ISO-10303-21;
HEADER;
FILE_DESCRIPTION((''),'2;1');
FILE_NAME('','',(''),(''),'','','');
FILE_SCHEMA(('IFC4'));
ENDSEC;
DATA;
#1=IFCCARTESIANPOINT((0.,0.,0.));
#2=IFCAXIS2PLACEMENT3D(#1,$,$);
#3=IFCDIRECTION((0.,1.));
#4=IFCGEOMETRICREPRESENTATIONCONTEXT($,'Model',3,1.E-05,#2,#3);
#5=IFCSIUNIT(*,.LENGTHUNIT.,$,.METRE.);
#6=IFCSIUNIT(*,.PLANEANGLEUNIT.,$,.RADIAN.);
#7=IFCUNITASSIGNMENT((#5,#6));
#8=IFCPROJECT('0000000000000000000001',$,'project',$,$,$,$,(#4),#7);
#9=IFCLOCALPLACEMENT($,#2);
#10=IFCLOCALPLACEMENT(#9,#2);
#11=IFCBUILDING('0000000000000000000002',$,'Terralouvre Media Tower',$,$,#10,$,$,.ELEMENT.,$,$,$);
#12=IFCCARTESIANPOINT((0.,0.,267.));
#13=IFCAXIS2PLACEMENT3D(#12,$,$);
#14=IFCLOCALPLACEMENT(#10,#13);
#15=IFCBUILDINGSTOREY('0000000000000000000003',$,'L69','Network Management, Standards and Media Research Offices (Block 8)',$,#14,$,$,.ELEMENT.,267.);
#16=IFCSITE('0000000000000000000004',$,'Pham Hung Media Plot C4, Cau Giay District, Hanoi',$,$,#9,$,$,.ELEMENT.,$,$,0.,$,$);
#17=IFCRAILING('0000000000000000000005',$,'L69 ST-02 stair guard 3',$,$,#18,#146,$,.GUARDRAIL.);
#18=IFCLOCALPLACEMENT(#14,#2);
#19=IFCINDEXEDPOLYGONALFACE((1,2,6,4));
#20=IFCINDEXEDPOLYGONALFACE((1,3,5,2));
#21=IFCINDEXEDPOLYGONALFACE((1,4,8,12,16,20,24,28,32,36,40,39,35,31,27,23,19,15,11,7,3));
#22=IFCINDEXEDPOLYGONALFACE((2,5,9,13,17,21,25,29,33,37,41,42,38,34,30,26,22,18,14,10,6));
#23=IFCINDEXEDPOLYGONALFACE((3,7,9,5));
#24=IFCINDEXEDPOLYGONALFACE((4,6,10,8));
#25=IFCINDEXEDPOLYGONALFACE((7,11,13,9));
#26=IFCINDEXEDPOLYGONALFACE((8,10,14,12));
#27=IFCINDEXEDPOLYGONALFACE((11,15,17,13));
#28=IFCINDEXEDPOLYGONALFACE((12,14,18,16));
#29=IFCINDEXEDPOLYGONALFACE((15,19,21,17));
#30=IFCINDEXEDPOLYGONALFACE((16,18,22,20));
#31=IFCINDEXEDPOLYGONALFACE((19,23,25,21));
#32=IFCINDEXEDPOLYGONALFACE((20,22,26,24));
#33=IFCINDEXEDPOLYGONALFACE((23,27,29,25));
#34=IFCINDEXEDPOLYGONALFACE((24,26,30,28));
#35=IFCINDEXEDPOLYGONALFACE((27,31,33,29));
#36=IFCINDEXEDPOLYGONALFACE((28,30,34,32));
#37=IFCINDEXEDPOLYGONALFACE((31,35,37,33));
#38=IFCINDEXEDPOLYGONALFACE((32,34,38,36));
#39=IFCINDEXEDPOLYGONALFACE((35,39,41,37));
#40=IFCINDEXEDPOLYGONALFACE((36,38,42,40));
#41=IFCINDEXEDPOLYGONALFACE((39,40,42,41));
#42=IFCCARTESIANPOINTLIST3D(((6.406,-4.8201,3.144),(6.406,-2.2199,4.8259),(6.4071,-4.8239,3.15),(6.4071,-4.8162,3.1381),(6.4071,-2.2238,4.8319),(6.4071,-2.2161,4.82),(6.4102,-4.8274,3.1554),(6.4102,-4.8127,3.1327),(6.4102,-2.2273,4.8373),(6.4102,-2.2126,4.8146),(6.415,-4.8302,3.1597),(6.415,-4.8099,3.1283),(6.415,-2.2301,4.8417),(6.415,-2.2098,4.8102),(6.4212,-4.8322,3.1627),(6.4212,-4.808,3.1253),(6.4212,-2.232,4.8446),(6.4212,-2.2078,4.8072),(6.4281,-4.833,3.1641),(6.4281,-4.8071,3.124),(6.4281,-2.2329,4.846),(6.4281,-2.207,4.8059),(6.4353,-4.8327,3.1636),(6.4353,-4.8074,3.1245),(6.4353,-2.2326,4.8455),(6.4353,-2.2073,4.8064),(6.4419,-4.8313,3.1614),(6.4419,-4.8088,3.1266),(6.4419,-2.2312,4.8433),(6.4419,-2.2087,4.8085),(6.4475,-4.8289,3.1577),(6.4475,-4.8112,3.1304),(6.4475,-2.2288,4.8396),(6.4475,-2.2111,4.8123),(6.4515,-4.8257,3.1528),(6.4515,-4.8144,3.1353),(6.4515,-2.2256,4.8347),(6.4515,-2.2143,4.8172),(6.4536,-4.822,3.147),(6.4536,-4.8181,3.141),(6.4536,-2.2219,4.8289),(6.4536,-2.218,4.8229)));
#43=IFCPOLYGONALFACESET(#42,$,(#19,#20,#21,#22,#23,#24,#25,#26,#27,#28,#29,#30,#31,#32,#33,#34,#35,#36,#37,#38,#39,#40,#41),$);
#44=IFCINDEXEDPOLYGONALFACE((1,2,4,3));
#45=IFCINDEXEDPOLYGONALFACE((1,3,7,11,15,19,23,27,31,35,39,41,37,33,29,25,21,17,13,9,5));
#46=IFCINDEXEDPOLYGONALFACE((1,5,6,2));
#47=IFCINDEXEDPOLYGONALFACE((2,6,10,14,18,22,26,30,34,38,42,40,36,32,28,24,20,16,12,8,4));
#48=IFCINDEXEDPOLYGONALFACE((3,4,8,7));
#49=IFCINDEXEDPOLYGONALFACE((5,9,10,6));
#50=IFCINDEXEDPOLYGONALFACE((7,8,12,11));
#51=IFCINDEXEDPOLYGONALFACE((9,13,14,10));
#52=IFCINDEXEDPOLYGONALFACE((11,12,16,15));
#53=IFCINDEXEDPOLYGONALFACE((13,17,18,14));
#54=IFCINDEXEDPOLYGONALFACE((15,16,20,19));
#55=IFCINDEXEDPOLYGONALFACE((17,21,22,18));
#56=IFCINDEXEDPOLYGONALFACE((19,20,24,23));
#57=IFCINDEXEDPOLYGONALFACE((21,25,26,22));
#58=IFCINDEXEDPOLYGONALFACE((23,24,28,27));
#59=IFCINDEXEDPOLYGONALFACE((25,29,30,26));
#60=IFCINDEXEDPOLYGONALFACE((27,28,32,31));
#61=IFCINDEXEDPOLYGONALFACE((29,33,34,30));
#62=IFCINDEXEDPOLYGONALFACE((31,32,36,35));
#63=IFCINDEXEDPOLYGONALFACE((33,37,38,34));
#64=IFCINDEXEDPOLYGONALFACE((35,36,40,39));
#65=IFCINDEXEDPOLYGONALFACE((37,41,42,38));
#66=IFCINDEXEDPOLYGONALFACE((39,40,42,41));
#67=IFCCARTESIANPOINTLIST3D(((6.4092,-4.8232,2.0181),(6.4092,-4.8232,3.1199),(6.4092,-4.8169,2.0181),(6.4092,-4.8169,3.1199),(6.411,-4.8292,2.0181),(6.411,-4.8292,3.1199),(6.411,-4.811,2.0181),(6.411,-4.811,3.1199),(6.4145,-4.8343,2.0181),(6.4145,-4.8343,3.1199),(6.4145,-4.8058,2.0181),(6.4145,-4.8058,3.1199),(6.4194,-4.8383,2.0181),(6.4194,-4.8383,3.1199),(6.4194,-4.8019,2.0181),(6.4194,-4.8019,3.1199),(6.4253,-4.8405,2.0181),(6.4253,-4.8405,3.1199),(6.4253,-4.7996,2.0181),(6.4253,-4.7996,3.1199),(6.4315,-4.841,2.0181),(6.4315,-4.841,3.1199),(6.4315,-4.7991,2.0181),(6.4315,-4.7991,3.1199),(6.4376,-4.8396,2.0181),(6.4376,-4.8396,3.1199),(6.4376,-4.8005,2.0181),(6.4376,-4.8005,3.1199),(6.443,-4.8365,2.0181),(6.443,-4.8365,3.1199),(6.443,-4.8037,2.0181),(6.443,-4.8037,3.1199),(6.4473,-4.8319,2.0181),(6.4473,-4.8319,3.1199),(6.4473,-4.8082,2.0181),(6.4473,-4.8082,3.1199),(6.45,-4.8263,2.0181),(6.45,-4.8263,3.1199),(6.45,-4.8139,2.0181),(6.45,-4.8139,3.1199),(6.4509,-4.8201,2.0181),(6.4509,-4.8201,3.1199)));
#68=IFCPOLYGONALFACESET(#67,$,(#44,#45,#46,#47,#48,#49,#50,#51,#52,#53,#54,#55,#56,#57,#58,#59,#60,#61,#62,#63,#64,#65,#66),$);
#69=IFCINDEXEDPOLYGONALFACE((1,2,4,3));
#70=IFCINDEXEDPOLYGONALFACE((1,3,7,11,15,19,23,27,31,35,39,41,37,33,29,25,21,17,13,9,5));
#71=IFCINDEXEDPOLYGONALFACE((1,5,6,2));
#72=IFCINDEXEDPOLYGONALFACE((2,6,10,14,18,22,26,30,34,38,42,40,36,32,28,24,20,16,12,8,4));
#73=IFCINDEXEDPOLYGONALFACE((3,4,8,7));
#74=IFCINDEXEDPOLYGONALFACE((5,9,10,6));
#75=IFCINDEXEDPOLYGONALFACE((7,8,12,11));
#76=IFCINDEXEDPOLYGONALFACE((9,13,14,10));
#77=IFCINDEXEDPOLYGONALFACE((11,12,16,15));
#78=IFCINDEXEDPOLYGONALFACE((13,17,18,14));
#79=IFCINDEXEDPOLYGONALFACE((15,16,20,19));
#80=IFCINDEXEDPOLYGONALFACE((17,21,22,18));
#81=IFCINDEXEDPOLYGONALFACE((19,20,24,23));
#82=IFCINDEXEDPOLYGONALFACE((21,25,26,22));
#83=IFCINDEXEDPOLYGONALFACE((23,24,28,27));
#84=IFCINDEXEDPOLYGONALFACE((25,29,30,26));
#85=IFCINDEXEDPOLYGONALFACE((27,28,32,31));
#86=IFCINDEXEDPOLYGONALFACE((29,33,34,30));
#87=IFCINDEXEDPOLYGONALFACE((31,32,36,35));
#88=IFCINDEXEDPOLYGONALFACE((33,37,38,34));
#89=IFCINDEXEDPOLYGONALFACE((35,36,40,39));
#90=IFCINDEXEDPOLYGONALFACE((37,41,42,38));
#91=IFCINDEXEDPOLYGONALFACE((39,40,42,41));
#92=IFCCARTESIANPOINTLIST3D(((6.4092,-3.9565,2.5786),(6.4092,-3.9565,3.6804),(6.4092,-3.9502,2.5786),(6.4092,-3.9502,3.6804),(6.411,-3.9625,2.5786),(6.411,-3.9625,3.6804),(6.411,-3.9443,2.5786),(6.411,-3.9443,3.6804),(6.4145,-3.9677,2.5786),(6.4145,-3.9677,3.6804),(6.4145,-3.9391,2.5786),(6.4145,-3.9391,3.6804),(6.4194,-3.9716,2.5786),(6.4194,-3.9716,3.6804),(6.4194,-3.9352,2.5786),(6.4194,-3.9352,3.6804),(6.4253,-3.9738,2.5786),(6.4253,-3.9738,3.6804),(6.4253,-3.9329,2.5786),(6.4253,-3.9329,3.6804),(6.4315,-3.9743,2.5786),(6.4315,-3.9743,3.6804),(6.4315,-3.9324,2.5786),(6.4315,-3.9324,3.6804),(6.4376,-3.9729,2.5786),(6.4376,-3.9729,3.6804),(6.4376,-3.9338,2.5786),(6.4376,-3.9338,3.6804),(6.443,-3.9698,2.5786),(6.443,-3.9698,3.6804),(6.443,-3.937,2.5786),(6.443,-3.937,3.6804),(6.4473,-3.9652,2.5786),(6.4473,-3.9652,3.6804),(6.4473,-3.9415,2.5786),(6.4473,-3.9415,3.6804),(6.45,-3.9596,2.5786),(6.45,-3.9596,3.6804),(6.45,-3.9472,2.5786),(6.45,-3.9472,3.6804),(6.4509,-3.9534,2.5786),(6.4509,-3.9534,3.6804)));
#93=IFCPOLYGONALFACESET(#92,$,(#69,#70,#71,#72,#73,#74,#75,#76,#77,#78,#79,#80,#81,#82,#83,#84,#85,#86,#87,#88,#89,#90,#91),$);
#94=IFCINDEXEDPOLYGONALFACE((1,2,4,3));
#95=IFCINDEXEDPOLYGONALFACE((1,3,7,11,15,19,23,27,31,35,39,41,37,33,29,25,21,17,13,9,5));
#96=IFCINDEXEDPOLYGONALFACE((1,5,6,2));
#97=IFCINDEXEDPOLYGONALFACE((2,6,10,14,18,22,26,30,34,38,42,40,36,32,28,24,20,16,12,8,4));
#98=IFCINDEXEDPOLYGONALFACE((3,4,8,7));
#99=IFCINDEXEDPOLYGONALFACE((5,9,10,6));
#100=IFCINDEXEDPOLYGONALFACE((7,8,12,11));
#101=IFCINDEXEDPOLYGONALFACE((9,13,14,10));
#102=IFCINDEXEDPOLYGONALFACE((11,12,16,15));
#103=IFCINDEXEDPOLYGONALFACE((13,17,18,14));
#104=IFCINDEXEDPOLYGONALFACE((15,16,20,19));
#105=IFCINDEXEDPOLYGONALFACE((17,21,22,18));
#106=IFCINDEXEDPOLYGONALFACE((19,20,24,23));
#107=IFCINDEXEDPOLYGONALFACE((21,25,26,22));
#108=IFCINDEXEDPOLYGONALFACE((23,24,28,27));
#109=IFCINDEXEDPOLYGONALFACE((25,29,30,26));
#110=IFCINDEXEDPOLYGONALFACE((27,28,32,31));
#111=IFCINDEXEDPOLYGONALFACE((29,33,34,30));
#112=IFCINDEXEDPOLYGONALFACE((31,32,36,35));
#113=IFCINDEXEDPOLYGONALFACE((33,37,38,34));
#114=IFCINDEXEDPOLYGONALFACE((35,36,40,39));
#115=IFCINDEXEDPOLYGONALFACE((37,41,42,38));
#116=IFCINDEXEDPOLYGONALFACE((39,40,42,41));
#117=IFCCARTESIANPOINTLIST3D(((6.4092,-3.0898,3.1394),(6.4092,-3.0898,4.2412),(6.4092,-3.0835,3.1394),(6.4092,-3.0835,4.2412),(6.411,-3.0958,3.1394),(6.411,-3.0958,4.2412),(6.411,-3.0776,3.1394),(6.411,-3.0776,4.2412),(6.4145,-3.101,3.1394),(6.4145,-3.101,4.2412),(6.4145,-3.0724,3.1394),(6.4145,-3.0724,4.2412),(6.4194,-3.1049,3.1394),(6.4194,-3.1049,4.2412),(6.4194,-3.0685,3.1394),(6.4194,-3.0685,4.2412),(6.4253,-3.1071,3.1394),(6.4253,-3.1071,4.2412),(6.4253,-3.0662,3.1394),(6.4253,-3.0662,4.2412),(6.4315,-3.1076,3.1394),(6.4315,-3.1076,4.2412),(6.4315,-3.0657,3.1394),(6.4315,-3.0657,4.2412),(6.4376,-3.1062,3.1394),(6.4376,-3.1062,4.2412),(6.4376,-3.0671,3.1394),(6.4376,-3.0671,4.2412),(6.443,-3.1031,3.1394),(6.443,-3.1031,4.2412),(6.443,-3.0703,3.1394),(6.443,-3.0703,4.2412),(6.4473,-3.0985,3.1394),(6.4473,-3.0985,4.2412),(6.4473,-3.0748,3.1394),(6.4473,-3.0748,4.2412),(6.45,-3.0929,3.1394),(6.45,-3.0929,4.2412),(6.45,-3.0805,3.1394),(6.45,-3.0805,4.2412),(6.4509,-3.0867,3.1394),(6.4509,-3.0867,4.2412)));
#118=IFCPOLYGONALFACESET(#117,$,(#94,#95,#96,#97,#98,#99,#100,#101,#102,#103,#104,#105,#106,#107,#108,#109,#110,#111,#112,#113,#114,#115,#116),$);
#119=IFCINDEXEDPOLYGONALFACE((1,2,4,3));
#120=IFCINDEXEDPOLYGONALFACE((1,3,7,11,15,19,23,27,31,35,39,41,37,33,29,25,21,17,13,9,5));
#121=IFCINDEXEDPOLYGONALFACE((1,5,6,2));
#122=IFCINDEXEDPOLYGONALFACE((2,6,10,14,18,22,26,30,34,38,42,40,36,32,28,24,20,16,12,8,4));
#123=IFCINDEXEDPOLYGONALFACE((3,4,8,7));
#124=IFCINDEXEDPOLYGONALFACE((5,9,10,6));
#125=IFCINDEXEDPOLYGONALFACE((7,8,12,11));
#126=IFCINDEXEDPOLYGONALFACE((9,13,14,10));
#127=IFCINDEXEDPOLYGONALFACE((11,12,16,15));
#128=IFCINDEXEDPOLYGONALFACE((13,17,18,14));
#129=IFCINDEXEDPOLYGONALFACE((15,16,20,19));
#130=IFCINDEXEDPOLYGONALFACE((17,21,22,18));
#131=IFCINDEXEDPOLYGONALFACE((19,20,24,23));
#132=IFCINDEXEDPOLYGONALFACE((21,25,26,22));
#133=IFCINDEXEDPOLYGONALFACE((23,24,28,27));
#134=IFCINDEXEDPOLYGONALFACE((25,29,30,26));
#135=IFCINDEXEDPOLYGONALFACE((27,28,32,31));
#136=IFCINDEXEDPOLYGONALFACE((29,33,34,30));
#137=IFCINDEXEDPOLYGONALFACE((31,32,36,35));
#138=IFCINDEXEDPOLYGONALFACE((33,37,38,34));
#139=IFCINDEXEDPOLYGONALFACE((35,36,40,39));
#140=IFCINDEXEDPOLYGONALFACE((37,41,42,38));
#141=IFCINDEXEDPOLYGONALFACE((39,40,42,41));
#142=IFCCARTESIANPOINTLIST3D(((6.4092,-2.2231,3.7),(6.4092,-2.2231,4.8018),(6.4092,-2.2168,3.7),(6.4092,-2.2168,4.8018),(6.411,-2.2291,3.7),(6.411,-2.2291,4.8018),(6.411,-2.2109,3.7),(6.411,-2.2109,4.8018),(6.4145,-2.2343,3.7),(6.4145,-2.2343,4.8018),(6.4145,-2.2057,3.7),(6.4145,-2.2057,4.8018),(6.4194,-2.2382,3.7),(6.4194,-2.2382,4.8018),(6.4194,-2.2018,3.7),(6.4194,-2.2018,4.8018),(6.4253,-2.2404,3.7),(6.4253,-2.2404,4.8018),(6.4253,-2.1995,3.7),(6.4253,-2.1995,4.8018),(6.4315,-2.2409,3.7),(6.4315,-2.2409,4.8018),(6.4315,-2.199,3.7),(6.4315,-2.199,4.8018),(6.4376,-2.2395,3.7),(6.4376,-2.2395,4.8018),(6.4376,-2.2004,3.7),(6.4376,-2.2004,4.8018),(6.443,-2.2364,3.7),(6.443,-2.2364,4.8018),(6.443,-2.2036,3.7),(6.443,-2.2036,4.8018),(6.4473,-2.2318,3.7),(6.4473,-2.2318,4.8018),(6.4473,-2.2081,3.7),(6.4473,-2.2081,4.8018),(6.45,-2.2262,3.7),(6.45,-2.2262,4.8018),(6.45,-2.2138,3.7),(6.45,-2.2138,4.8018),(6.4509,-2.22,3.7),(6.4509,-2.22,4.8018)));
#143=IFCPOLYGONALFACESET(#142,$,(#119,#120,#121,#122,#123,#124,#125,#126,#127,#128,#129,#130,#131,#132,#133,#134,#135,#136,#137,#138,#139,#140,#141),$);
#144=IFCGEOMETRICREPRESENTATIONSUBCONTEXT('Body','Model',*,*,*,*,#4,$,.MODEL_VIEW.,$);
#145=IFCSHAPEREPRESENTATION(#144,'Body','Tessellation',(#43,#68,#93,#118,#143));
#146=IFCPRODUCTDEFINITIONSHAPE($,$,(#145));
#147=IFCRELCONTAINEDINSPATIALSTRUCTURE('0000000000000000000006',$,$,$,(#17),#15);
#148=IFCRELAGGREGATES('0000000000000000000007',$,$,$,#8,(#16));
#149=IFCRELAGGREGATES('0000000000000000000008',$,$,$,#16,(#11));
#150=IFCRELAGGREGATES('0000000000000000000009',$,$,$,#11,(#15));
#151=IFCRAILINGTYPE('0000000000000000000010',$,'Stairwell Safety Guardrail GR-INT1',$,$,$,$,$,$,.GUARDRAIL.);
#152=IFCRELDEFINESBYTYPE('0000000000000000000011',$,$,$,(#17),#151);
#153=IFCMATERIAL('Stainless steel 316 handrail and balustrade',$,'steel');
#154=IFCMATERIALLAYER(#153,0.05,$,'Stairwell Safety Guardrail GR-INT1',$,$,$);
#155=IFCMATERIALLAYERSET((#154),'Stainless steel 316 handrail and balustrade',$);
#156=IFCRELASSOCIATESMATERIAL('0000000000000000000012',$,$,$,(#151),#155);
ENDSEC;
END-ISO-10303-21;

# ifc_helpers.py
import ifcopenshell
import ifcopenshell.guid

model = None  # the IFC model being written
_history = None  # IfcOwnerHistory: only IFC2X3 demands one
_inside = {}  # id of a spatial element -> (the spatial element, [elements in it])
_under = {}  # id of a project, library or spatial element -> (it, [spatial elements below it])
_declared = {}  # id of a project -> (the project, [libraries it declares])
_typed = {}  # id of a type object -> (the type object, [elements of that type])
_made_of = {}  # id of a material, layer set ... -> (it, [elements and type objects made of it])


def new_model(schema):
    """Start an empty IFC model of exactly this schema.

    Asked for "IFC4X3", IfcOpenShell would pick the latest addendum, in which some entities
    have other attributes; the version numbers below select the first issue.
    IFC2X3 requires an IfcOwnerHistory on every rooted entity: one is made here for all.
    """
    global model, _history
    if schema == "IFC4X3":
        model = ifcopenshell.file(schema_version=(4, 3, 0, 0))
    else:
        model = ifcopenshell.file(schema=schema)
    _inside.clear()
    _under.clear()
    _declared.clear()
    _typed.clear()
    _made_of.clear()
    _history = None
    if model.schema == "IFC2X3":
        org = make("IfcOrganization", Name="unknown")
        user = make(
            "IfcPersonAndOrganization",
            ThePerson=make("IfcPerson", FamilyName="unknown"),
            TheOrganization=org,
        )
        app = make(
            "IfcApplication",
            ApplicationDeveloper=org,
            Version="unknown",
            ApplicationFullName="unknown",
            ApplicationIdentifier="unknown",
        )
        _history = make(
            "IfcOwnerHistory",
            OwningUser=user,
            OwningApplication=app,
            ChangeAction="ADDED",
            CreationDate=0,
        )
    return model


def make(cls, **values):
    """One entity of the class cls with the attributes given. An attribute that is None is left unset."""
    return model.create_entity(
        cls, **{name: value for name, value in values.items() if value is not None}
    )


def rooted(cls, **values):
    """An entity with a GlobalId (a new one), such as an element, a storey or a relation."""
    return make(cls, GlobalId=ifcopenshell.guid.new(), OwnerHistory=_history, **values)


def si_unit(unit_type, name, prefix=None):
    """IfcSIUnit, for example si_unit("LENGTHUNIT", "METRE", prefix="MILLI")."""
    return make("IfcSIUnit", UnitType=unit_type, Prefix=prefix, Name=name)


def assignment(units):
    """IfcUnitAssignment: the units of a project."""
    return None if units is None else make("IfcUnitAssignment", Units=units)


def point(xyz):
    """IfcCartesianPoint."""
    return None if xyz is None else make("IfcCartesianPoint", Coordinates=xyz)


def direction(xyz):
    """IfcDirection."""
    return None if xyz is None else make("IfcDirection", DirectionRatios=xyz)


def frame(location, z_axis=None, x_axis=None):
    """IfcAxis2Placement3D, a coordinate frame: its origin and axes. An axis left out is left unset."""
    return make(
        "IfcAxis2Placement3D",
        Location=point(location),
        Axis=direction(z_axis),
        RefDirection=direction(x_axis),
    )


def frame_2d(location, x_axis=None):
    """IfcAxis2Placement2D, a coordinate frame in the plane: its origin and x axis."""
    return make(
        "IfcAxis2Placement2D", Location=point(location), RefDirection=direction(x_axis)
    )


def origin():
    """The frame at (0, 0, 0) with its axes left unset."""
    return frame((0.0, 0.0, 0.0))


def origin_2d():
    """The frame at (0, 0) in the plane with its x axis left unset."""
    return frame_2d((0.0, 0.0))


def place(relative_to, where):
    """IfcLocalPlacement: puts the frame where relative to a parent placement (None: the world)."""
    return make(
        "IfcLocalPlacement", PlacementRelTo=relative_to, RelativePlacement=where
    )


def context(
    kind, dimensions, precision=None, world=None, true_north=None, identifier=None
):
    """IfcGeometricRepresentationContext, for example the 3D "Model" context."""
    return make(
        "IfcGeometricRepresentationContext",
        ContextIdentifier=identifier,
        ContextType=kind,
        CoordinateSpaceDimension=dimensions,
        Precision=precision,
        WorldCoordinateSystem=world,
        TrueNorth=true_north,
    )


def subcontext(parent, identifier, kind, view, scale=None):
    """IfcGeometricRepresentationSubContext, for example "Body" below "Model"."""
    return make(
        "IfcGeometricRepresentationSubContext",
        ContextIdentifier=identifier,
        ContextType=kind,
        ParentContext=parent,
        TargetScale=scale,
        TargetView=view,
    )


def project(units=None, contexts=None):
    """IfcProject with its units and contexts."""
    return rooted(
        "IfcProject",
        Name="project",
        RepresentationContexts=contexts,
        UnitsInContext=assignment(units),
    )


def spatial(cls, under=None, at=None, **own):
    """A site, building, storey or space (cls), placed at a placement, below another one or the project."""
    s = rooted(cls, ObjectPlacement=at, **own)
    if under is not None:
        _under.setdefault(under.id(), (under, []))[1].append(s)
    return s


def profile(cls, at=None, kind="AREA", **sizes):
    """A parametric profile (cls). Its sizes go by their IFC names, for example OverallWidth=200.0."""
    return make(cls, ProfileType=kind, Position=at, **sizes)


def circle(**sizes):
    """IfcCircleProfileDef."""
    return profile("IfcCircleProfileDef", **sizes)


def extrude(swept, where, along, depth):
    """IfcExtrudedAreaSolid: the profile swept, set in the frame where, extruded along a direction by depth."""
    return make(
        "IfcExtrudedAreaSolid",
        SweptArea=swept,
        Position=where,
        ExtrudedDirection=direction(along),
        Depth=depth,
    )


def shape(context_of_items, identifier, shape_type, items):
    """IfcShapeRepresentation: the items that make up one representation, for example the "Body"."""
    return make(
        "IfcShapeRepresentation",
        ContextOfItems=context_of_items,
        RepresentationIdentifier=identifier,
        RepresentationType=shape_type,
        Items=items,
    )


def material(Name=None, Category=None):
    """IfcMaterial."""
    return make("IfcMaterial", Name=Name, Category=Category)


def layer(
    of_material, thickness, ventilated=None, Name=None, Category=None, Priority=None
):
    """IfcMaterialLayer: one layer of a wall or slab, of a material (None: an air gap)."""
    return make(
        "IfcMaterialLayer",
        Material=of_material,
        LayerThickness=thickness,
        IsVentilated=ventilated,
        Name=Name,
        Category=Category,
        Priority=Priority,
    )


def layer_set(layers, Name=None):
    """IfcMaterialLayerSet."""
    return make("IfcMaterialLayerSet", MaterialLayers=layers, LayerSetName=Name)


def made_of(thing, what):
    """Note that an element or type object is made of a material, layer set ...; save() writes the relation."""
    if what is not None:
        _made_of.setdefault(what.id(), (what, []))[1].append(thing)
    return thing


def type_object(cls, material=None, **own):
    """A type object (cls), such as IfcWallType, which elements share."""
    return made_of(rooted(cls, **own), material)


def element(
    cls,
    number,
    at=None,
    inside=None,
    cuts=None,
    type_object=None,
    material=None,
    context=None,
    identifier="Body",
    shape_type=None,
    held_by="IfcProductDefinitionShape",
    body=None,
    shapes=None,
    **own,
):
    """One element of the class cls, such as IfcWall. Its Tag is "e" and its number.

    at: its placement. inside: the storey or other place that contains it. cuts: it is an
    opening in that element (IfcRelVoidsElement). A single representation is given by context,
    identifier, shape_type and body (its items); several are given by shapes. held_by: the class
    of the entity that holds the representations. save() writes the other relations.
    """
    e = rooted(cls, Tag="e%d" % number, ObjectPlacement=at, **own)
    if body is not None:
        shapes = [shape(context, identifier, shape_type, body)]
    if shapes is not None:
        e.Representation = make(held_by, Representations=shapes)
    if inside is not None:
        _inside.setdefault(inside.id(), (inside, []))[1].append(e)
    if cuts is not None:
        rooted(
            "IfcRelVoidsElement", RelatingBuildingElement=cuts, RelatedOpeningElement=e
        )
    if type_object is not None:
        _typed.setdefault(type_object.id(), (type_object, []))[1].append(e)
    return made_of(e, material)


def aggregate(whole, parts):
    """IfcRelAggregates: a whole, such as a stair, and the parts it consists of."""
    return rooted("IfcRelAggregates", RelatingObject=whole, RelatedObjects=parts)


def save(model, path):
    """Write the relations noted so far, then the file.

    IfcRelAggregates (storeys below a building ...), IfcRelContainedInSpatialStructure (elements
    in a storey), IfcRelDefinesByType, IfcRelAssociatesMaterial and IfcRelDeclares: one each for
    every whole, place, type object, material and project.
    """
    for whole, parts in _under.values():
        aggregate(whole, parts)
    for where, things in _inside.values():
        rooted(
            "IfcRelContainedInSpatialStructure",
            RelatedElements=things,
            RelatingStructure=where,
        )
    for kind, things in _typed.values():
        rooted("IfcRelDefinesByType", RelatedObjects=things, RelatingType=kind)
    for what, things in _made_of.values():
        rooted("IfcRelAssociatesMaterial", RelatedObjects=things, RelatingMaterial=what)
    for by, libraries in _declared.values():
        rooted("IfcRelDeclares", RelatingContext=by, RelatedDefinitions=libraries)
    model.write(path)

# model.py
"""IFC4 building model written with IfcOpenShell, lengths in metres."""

from ifc_helpers import new_model, si_unit, direction, frame, origin, origin_2d, place, context, subcontext, project, spatial, circle, extrude, material, layer, layer_set, type_object, element, save


model = new_model("IFC4")

# Units and contexts
model_context = context("Model", 3, precision=1e-05, world=origin(), true_north=direction((0.0, 1.0)))
body_context = subcontext(model_context, "Body", "Model", "MODEL_VIEW")
ifc_project = project(units=[si_unit("LENGTHUNIT", "METRE"), si_unit("PLANEANGLEUNIT", "RADIAN")], contexts=[model_context])

# Site, building, storey
site_placement = place(None, origin())
site = spatial("IfcSite", under=ifc_project, at=site_placement, Name="Pham Hung Media Plot C4, Cau Giay District, Hanoi", CompositionType="ELEMENT", RefElevation=0.0)
building_placement = place(site_placement, origin())
building = spatial("IfcBuilding", under=site, at=building_placement, Name="Terralouvre Media Tower", CompositionType="ELEMENT")
storey_placement = place(building_placement, frame((0.0, 0.0, 267.0)))
storey = spatial("IfcBuildingStorey", under=building, at=storey_placement, Name="L69", Description="Network Management, Standards and Media Research Offices (Block 8)", CompositionType="ELEMENT", Elevation=267.0)

# Railing
ifc_material_1 = material(Name="Stainless steel 316 handrail and balustrade", Category="steel")
ifc_layer_1 = layer(ifc_material_1, 0.05, Name="Stairwell Safety Guardrail GR-INT1")
ifc_layer_set_1 = layer_set([ifc_layer_1], Name="Stainless steel 316 handrail and balustrade")
railing_type_1 = type_object("IfcRailingType", Name="Stairwell Safety Guardrail GR-INT1", PredefinedType="GUARDRAIL", material=ifc_layer_set_1)
railing_1_placement = place(storey_placement, frame((6.4299, -4.8201, 2.0181)))
element("IfcRailing", 1, at=railing_1_placement, inside=storey, type_object=railing_type_1, Name="L69 ST-02 stair guard 3", PredefinedType="GUARDRAIL", context=body_context, shape_type="SweptSolid", body=[
    extrude(circle(Radius=0.0239, at=origin_2d()), frame((0.0, 0.0, 1.126), z_axis=(0.0, 0.839648, 0.54313), x_axis=(-1.0, 0.0, 0.0)), (0.0, 0.0, 1.0), 3.0967),
    extrude(circle(Radius=0.021, at=origin_2d()), origin(), (0.0, 0.0, 1.0), 1.1018),
    extrude(circle(Radius=0.021, at=origin_2d()), frame((0.0, 0.8667, 0.5605)), (0.0, 0.0, 1.0), 1.1018),
    extrude(circle(Radius=0.021, at=origin_2d()), frame((0.0, 1.7334, 1.1213)), (0.0, 0.0, 1.0), 1.1018),
    extrude(circle(Radius=0.021, at=origin_2d()), frame((0.0, 2.6001, 1.6819)), (0.0, 0.0, 1.0), 1.1018),
])

save(model, "model.ifc")
